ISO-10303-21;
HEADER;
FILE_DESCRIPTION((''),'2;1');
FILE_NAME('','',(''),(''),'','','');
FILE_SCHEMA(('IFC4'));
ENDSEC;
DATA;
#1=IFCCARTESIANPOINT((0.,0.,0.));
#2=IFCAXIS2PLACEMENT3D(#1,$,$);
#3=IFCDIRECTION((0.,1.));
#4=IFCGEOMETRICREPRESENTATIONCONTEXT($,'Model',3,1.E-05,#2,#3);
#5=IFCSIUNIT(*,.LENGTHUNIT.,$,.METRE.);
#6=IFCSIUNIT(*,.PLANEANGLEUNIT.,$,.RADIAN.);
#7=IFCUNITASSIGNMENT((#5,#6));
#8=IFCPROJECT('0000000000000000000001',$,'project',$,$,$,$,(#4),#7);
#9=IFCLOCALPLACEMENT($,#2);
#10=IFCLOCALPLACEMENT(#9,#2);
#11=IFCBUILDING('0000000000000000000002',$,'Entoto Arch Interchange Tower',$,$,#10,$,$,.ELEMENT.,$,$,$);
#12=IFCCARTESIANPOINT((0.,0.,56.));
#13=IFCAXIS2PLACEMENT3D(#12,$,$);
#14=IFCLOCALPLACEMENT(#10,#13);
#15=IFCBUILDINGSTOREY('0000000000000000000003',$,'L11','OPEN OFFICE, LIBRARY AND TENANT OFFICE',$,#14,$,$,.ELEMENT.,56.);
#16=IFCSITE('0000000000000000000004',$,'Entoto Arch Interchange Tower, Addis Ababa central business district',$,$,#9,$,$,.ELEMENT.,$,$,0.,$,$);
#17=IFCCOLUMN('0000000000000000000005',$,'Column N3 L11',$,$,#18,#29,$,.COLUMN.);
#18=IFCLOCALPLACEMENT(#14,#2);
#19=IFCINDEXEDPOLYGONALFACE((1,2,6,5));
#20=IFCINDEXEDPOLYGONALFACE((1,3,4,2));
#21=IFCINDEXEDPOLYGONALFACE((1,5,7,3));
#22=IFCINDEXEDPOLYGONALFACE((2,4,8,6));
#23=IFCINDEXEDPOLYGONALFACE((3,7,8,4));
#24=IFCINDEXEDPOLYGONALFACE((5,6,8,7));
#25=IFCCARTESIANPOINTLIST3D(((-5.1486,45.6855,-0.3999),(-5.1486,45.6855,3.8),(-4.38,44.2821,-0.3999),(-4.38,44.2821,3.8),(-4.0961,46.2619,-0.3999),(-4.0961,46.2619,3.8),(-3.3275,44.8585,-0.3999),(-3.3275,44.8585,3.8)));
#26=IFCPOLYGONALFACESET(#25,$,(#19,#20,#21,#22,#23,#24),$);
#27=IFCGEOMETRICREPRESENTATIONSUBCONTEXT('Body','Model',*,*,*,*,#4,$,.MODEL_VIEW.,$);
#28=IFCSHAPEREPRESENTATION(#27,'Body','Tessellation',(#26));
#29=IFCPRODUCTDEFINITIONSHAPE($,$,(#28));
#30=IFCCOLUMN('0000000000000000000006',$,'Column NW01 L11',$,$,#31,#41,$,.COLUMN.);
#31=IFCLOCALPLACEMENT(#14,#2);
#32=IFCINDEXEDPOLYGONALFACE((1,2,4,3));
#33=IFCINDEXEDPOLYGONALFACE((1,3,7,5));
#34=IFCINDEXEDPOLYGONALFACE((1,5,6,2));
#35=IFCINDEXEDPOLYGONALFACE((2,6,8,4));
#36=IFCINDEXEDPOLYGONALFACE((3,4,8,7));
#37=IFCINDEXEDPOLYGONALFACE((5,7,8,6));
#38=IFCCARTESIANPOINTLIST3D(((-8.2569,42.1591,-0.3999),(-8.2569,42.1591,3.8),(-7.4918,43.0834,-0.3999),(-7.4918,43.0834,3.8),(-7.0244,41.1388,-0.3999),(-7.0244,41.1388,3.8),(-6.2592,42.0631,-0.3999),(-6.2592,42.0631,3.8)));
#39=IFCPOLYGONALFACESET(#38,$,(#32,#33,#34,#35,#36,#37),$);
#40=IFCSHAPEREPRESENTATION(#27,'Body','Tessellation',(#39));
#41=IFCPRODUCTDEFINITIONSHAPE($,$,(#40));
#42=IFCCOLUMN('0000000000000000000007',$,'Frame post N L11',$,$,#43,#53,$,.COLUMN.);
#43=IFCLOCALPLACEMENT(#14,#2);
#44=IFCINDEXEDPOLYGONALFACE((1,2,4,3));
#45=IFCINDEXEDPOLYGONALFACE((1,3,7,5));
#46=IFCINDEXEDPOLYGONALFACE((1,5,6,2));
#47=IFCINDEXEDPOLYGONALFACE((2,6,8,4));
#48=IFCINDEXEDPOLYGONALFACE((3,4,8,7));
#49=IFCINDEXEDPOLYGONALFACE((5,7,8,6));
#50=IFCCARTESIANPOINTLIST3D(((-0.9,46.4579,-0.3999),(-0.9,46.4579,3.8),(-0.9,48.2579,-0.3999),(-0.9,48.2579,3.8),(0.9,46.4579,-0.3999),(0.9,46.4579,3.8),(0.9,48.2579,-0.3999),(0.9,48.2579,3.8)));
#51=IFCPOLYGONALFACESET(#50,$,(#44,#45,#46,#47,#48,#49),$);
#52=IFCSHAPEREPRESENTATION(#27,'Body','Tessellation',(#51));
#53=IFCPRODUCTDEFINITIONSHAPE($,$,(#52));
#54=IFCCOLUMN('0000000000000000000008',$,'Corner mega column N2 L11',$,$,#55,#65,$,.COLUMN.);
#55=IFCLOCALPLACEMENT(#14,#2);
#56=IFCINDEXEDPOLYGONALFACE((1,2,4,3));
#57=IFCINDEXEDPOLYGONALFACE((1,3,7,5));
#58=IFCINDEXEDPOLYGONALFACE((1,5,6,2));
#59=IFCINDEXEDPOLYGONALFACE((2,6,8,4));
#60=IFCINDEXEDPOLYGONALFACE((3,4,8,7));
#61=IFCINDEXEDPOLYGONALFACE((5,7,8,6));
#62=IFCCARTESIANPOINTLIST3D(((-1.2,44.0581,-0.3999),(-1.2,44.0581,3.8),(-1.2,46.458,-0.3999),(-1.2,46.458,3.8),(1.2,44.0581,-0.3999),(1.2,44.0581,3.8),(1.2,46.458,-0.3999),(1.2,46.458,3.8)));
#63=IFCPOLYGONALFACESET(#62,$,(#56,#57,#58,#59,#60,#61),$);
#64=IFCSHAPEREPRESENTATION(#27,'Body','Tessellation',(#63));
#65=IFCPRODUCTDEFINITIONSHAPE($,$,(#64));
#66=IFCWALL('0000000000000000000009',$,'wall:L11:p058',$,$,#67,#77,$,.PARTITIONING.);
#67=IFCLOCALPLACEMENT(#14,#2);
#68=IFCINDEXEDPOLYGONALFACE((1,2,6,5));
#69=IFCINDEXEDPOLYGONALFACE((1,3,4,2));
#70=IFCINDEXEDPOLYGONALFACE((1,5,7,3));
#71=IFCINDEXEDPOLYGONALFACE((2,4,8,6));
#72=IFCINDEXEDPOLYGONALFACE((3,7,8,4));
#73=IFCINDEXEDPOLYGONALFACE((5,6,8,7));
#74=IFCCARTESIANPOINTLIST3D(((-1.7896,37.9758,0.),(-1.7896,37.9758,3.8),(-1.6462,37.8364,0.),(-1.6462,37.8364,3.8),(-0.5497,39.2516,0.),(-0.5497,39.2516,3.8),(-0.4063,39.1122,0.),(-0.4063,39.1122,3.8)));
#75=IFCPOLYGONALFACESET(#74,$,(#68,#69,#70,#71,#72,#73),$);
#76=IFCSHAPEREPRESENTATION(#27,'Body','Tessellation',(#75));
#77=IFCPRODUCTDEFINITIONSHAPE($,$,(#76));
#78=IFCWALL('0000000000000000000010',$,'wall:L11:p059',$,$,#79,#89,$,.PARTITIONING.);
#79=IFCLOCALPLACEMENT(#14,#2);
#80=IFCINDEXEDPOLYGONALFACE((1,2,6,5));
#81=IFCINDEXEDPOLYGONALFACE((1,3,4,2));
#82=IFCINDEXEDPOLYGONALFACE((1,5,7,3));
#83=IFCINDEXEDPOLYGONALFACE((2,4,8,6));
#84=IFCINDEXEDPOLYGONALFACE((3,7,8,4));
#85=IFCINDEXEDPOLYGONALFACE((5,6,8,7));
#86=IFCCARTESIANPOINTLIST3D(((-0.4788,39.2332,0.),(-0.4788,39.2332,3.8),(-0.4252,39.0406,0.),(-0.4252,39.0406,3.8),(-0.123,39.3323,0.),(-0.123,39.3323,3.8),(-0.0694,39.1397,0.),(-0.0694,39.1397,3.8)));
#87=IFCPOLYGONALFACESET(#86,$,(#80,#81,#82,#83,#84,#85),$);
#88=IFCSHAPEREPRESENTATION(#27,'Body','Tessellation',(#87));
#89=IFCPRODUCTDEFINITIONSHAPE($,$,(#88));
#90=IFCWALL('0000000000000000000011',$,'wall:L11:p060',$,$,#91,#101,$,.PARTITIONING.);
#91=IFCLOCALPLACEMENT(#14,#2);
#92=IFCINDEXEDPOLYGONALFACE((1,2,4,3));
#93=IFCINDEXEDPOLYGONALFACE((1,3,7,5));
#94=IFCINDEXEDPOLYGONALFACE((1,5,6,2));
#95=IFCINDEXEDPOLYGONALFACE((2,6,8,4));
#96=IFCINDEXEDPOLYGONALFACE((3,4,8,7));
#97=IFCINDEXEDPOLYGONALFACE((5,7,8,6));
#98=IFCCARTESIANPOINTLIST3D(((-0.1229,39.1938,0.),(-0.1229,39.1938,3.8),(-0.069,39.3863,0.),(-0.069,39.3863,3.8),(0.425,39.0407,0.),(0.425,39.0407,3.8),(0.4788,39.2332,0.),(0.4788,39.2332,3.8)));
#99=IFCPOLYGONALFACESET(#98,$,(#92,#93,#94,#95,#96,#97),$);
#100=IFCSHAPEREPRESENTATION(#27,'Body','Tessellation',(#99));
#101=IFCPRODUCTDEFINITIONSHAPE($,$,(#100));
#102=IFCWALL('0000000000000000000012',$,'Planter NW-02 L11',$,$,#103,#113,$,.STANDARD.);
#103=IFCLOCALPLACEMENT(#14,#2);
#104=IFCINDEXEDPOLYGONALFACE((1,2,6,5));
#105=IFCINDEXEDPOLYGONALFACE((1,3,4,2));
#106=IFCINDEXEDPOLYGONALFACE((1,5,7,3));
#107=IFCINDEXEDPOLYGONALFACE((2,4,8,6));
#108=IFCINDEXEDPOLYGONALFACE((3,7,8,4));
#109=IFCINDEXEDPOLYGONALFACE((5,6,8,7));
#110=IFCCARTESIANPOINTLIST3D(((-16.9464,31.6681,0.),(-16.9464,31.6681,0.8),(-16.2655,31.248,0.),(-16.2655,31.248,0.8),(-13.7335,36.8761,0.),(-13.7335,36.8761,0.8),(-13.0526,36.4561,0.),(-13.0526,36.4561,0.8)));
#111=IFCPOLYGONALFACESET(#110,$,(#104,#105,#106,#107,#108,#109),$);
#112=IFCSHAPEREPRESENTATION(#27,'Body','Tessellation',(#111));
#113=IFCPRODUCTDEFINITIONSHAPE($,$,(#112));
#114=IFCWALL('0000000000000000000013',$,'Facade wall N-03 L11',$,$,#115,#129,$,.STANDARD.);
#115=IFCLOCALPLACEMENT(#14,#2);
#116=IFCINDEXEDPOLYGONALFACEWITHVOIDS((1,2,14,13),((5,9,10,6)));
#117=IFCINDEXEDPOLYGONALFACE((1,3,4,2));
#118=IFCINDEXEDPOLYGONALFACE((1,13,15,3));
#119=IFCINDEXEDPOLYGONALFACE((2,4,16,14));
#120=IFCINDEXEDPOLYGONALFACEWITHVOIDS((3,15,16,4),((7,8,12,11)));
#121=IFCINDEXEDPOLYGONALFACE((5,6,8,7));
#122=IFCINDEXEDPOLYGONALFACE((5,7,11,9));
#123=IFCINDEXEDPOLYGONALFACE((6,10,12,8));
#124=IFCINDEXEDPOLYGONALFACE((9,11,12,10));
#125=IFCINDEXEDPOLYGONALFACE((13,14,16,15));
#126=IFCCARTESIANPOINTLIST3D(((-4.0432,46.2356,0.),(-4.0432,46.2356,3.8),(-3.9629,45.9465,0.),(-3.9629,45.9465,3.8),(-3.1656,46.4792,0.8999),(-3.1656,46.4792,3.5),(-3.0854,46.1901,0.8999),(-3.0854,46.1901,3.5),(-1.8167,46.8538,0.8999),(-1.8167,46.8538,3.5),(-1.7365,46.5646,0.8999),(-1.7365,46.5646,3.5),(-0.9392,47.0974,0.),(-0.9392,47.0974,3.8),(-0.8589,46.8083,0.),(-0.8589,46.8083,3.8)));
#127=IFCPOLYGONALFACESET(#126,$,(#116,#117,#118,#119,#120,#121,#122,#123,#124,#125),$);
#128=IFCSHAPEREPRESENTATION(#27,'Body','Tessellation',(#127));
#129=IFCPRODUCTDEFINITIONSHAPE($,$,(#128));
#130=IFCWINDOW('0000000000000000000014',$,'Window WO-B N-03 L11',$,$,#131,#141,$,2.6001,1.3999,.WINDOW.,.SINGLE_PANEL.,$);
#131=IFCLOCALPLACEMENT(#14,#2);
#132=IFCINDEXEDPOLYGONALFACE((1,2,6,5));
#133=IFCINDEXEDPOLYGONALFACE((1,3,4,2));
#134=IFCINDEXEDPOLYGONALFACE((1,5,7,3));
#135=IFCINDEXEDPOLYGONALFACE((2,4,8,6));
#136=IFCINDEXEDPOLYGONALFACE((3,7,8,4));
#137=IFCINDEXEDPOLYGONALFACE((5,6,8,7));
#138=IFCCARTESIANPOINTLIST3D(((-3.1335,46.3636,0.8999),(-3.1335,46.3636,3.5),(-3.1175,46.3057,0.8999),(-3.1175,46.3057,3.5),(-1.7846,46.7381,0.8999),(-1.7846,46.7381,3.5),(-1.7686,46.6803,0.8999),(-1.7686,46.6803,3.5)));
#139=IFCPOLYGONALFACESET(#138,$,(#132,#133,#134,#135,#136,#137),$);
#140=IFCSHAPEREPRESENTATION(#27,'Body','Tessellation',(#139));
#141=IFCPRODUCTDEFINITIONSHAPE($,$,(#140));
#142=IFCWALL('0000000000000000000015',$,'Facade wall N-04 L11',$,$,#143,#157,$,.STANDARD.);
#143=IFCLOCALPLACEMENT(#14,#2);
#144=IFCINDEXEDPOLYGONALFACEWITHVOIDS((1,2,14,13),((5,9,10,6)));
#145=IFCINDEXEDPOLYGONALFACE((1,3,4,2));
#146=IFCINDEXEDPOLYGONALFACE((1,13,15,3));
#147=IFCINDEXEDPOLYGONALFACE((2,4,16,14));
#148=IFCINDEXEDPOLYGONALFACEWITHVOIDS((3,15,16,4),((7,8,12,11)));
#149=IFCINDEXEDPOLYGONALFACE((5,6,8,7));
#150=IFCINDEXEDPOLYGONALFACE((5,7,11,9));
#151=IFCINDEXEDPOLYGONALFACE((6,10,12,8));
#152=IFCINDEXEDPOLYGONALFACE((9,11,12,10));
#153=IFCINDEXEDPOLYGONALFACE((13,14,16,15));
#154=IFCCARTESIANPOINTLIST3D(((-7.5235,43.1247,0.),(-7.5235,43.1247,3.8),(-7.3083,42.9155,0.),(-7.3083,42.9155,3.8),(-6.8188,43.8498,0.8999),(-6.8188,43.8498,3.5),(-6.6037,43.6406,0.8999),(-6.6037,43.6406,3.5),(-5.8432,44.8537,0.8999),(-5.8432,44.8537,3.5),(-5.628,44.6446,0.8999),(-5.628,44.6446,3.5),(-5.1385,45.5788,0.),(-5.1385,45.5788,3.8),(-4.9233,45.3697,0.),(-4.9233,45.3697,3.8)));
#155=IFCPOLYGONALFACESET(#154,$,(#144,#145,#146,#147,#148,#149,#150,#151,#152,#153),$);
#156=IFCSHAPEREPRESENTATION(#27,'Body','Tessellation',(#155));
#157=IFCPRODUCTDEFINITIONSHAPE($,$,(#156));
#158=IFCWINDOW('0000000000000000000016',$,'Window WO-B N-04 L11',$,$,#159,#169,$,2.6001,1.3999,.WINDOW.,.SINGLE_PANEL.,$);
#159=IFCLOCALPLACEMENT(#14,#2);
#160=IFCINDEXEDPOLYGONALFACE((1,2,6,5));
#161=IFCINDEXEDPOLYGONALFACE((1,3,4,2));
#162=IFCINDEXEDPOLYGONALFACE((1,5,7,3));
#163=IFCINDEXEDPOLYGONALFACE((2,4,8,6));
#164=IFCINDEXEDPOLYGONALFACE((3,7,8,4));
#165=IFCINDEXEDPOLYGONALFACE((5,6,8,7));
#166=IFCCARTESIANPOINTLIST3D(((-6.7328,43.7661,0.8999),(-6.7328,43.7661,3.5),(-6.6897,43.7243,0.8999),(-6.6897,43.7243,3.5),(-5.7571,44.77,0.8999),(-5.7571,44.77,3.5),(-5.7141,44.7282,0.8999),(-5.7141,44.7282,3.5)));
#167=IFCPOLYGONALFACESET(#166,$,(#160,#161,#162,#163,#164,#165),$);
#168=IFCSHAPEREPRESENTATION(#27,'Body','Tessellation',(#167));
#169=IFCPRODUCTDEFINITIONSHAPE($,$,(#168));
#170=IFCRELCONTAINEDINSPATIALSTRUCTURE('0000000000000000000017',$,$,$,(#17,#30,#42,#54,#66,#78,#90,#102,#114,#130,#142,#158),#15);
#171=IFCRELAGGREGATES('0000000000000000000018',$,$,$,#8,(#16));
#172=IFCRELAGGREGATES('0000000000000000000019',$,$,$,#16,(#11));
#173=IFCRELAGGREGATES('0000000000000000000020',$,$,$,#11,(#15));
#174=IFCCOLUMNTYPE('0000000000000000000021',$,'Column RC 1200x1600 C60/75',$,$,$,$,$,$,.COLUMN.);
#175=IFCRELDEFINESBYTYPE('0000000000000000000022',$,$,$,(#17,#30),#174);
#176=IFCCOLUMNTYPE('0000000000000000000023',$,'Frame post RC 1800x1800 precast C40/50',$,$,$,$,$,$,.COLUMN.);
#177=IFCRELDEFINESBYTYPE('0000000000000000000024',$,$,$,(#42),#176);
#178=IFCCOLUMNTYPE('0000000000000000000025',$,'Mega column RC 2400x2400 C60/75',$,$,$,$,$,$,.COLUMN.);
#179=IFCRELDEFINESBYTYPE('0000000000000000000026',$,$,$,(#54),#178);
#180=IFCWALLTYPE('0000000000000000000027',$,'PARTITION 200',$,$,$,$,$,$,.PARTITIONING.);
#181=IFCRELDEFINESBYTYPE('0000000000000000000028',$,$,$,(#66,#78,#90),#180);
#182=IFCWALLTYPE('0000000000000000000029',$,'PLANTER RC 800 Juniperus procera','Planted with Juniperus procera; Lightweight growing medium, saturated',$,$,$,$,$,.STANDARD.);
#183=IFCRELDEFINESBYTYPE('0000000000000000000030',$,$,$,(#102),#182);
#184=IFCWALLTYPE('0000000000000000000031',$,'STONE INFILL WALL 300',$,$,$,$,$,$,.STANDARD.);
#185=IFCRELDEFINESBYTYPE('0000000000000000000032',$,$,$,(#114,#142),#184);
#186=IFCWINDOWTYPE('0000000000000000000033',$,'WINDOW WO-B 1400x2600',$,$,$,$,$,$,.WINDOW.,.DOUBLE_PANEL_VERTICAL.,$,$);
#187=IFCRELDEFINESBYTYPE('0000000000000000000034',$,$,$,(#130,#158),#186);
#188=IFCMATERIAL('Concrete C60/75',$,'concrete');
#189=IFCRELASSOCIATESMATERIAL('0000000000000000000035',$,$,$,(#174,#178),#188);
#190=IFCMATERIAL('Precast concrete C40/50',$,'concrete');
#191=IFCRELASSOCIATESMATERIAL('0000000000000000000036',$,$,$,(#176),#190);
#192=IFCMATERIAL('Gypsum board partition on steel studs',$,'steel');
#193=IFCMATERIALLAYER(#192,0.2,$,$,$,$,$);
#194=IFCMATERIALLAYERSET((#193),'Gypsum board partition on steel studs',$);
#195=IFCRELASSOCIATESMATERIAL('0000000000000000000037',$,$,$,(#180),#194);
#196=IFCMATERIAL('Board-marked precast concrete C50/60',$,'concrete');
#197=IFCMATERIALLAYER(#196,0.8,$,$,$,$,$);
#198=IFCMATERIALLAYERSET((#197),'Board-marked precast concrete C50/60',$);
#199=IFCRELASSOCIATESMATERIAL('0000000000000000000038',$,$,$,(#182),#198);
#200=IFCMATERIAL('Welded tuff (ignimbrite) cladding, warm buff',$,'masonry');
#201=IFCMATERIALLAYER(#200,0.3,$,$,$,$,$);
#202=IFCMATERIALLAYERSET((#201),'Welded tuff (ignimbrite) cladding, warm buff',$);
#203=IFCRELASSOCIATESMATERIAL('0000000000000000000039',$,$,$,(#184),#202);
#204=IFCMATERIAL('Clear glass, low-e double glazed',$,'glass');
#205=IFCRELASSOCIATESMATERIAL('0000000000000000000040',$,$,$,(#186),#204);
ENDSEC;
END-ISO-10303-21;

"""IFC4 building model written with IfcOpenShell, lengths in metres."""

from ifc_helpers import new_model, si_unit, direction, frame, frame_2d, origin, origin_2d, place, context, subcontext, project, spatial, rectangle, extrude, material, layer, layer_set, material_profile, profile_set, type_object, element, fill, save


model = new_model("IFC4")

# Units and contexts
model_context = context("Model", 3, precision=1e-05, world=origin(), true_north=direction((0.0, 1.0)))
body_context = subcontext(model_context, "Body", "Model", "MODEL_VIEW")
ifc_project = project(units=[si_unit("LENGTHUNIT", "METRE"), si_unit("PLANEANGLEUNIT", "RADIAN")], contexts=[model_context])

# Site, building, storey
site_placement = place(None, origin())
site = spatial("IfcSite", under=ifc_project, at=site_placement, Name="Entoto Arch Interchange Tower, Addis Ababa central business district", CompositionType="ELEMENT", RefElevation=0.0)
building_placement = place(site_placement, origin())
building = spatial("IfcBuilding", under=site, at=building_placement, Name="Entoto Arch Interchange Tower", CompositionType="ELEMENT")
storey_placement = place(building_placement, frame((0.0, 0.0, 56.0)))
storey = spatial("IfcBuildingStorey", under=building, at=storey_placement, Name="L11", Description="OPEN OFFICE, LIBRARY AND TENANT OFFICE", CompositionType="ELEMENT", Elevation=56.0)

# Columns
ifc_material_1 = material(Name="Concrete C60/75", Category="concrete")
ifc_material_profile_1 = material_profile(ifc_material_1, rectangle(XDim=1.2, YDim=1.6001, at=origin_2d()))
ifc_profile_set_1 = profile_set([ifc_material_profile_1], Name="Concrete C60/75")
column_type_1 = type_object("IfcColumnType", Name="Column RC 1200x1600 C60/75", PredefinedType="COLUMN", material=ifc_profile_set_1)
for number, where, z_axis, x_axis, name in (
    (1, (-4.238, 45.272, -0.3999), (0.0, 0.0, 1.0), (0.877079, 0.480346, 0.0), "Column N3 L11"),
    (2, (-7.2581, 42.1111, -0.3999), (0.0, 0.0, 1.0), (0.637666, 0.770313, 0.0), "Column NW01 L11"),
):
    element("IfcColumn", number, at=place(storey_placement, frame(where, z_axis=z_axis, x_axis=x_axis)), inside=storey, type_object=column_type_1, Name=name, PredefinedType="COLUMN", context=body_context, shape_type="SweptSolid", body=[
        extrude(rectangle(XDim=1.2, YDim=1.6001, at=origin_2d()), origin(), (0.0, 0.0, 1.0), 4.2),
    ])
ifc_material_2 = material(Name="Precast concrete C40/50", Category="concrete")
ifc_material_profile_2 = material_profile(ifc_material_2, rectangle(XDim=1.8, YDim=1.8, at=origin_2d()))
ifc_profile_set_2 = profile_set([ifc_material_profile_2], Name="Precast concrete C40/50")
column_type_2 = type_object("IfcColumnType", Name="Frame post RC 1800x1800 precast C40/50", PredefinedType="COLUMN", material=ifc_profile_set_2)
column_1_placement = place(storey_placement, frame((0.0, 47.3579, -0.3999), z_axis=(0.0, 0.0, 1.0), x_axis=(0.0, 1.0, 0.0)))
element("IfcColumn", 3, at=column_1_placement, inside=storey, type_object=column_type_2, Name="Frame post N L11", PredefinedType="COLUMN", context=body_context, shape_type="SweptSolid", body=[
    extrude(rectangle(XDim=1.8, YDim=1.8, at=origin_2d()), origin(), (0.0, 0.0, 1.0), 4.2),
])
ifc_material_profile_3 = material_profile(ifc_material_1, rectangle(XDim=2.3999, YDim=2.3999, at=origin_2d()))
ifc_profile_set_3 = profile_set([ifc_material_profile_3], Name="Concrete C60/75")
column_type_3 = type_object("IfcColumnType", Name="Mega column RC 2400x2400 C60/75", PredefinedType="COLUMN", material=ifc_profile_set_3)
column_2_placement = place(storey_placement, frame((0.0, 45.2581, -0.3999), z_axis=(0.0, 0.0, 1.0), x_axis=(0.0, 1.0, 0.0)))
element("IfcColumn", 4, at=column_2_placement, inside=storey, type_object=column_type_3, Name="Corner mega column N2 L11", PredefinedType="COLUMN", context=body_context, shape_type="SweptSolid", body=[
    extrude(rectangle(XDim=2.3999, YDim=2.3999, at=origin_2d()), origin(), (0.0, 0.0, 1.0), 4.2),
])

# Walls
ifc_material_3 = material(Name="Gypsum board partition on steel studs", Category="steel")
ifc_layer_1 = layer(ifc_material_3, 0.2)
ifc_layer_set_1 = layer_set([ifc_layer_1], Name="Gypsum board partition on steel studs")
wall_type_1 = type_object("IfcWallType", Name="PARTITION 200", PredefinedType="PARTITIONING", material=ifc_layer_set_1)
wall_1_placement = place(storey_placement, frame((-1.718, 37.906, 0.0), z_axis=(0.0, 0.0, 1.0), x_axis=(0.696949, 0.717121, 0.0)))
element("IfcWall", 5, at=wall_1_placement, inside=storey, type_object=wall_type_1, Name="wall:L11:p058", PredefinedType="PARTITIONING", context=body_context, shape_type="SweptSolid", body=[
    extrude(rectangle(XDim=1.7791, YDim=0.2, at=frame_2d((0.8896, 0.0))), origin(), (0.0, 0.0, 1.0), 3.8),
])
wall_2_placement = place(storey_placement, frame((-0.4519, 39.137, 0.0), z_axis=(0.0, 0.0, 1.0), x_axis=(0.963347, 0.268257, 0.0)))
element("IfcWall", 6, at=wall_2_placement, inside=storey, type_object=wall_type_1, Name="wall:L11:p059", PredefinedType="PARTITIONING", context=body_context, shape_type="SweptSolid", body=[
    extrude(rectangle(XDim=0.3694, YDim=0.2, at=frame_2d((0.1846, 0.0))), origin(), (0.0, 0.0, 1.0), 3.8),
])
wall_3_placement = place(storey_placement, frame((-0.0959, 39.29, 0.0), z_axis=(0.0, 0.0, 1.0), x_axis=(0.963111, -0.269105, 0.0)))
element("IfcWall", 7, at=wall_3_placement, inside=storey, type_object=wall_type_1, Name="wall:L11:p060", PredefinedType="PARTITIONING", context=body_context, shape_type="SweptSolid", body=[
    extrude(rectangle(XDim=0.5688, YDim=0.2, at=frame_2d((0.2844, 0.0))), origin(), (0.0, 0.0, 1.0), 3.8),
])
ifc_material_4 = material(Name="Board-marked precast concrete C50/60", Category="concrete")
ifc_layer_2 = layer(ifc_material_4, 0.8)
ifc_layer_set_2 = layer_set([ifc_layer_2], Name="Board-marked precast concrete C50/60")
wall_type_2 = type_object("IfcWallType", Name="PLANTER RC 800 Juniperus procera", Description="Planted with Juniperus procera; Lightweight growing medium, saturated", PredefinedType="STANDARD", material=ifc_layer_set_2)
wall_4_placement = place(storey_placement, frame((-13.3931, 36.666, 0.0), z_axis=(0.0, 0.0, 1.0), x_axis=(-0.525041, -0.851077, 0.0)))
element("IfcWall", 8, at=wall_4_placement, inside=storey, type_object=wall_type_2, Name="Planter NW-02 L11", PredefinedType="STANDARD", context=body_context, shape_type="SweptSolid", body=[
    extrude(rectangle(XDim=6.1194, YDim=0.8, at=frame_2d((3.0596, 0.0))), origin(), (0.0, 0.0, 1.0), 0.8),
])

# Walls, openings, windows
ifc_material_5 = material(Name="Welded tuff (ignimbrite) cladding, warm buff", Category="masonry")
ifc_layer_3 = layer(ifc_material_5, 0.3)
ifc_layer_set_3 = layer_set([ifc_layer_3], Name="Welded tuff (ignimbrite) cladding, warm buff")
wall_type_3 = type_object("IfcWallType", Name="STONE INFILL WALL 300", PredefinedType="STANDARD", material=ifc_layer_set_3)
wall_5_placement = place(storey_placement, frame((-0.8989, 46.9529, 0.0), z_axis=(0.0, 0.0, 1.0), x_axis=(-0.96355, -0.267527, 0.0)))
wall_5 = element("IfcWall", 9, at=wall_5_placement, inside=storey, type_object=wall_type_3, Name="Facade wall N-03 L11", PredefinedType="STANDARD", context=body_context, shape_type="SweptSolid", body=[
    extrude(rectangle(XDim=3.2214, YDim=0.3, at=frame_2d((1.6108, 0.0))), origin(), (0.0, 0.0, 1.0), 3.8),
])
opening_1_placement = place(wall_5_placement, frame((0.9109, 0.0, 0.8999)))
opening_1 = element("IfcOpeningElement", 10, at=opening_1_placement, cuts=wall_5, PredefinedType="OPENING", context=body_context, shape_type="SweptSolid", body=[
    extrude(rectangle(XDim=1.3999, YDim=2.6001, at=frame_2d((0.7, 1.3))), frame((0.0, 0.1602, 0.0), z_axis=(0.0, -1.0, 0.0), x_axis=(1.0, 0.0, 0.0)), (0.0, 0.0, 1.0), 0.3201),
])
ifc_material_6 = material(Name="Clear glass, low-e double glazed", Category="glass")
window_type_1 = type_object("IfcWindowType", Name="WINDOW WO-B 1400x2600", PartitioningType="DOUBLE_PANEL_VERTICAL", PredefinedType="WINDOW", material=ifc_material_6)
window_1_placement = place(opening_1_placement, origin())
window_1 = element("IfcWindow", 11, at=window_1_placement, inside=storey, type_object=window_type_1, Name="Window WO-B N-03 L11", OverallHeight=2.6001, OverallWidth=1.3999, PartitioningType="SINGLE_PANEL", PredefinedType="WINDOW", context=body_context, shape_type="SweptSolid", body=[
    extrude(rectangle(XDim=1.3999, YDim=2.6001, at=frame_2d((0.7, 1.3))), frame((0.0, 0.03, 0.0), z_axis=(0.0, -1.0, 0.0), x_axis=(1.0, 0.0, 0.0)), (0.0, 0.0, 1.0), 0.0601),
])
fill(opening_1, window_1)
wall_6_placement = place(storey_placement, frame((-5.031, 45.4741, 0.0), z_axis=(0.0, 0.0, 1.0), x_axis=(-0.69694, -0.71713, 0.0)))
wall_6 = element("IfcWall", 12, at=wall_6_placement, inside=storey, type_object=wall_type_3, Name="Facade wall N-04 L11", PredefinedType="STANDARD", context=body_context, shape_type="SweptSolid", body=[
    extrude(rectangle(XDim=3.4221, YDim=0.3, at=frame_2d((1.7109, 0.0))), origin(), (0.0, 0.0, 1.0), 3.8),
])
opening_2_placement = place(wall_6_placement, frame((1.011, 0.0, 0.8999)))
opening_2 = element("IfcOpeningElement", 13, at=opening_2_placement, cuts=wall_6, PredefinedType="OPENING", context=body_context, shape_type="SweptSolid", body=[
    extrude(rectangle(XDim=1.3999, YDim=2.6001, at=frame_2d((0.7, 1.3))), frame((0.0, 0.1602, 0.0), z_axis=(0.0, -1.0, 0.0), x_axis=(1.0, 0.0, 0.0)), (0.0, 0.0, 1.0), 0.3201),
])
window_2_placement = place(opening_2_placement, origin())
window_2 = element("IfcWindow", 14, at=window_2_placement, inside=storey, type_object=window_type_1, Name="Window WO-B N-04 L11", OverallHeight=2.6001, OverallWidth=1.3999, PartitioningType="SINGLE_PANEL", PredefinedType="WINDOW", context=body_context, shape_type="SweptSolid", body=[
    extrude(rectangle(XDim=1.3999, YDim=2.6001, at=frame_2d((0.7, 1.3))), frame((0.0, 0.03, 0.0), z_axis=(0.0, -1.0, 0.0), x_axis=(1.0, 0.0, 0.0)), (0.0, 0.0, 1.0), 0.0601),
])
fill(opening_2, window_2)

save(model, "model.ifc")
